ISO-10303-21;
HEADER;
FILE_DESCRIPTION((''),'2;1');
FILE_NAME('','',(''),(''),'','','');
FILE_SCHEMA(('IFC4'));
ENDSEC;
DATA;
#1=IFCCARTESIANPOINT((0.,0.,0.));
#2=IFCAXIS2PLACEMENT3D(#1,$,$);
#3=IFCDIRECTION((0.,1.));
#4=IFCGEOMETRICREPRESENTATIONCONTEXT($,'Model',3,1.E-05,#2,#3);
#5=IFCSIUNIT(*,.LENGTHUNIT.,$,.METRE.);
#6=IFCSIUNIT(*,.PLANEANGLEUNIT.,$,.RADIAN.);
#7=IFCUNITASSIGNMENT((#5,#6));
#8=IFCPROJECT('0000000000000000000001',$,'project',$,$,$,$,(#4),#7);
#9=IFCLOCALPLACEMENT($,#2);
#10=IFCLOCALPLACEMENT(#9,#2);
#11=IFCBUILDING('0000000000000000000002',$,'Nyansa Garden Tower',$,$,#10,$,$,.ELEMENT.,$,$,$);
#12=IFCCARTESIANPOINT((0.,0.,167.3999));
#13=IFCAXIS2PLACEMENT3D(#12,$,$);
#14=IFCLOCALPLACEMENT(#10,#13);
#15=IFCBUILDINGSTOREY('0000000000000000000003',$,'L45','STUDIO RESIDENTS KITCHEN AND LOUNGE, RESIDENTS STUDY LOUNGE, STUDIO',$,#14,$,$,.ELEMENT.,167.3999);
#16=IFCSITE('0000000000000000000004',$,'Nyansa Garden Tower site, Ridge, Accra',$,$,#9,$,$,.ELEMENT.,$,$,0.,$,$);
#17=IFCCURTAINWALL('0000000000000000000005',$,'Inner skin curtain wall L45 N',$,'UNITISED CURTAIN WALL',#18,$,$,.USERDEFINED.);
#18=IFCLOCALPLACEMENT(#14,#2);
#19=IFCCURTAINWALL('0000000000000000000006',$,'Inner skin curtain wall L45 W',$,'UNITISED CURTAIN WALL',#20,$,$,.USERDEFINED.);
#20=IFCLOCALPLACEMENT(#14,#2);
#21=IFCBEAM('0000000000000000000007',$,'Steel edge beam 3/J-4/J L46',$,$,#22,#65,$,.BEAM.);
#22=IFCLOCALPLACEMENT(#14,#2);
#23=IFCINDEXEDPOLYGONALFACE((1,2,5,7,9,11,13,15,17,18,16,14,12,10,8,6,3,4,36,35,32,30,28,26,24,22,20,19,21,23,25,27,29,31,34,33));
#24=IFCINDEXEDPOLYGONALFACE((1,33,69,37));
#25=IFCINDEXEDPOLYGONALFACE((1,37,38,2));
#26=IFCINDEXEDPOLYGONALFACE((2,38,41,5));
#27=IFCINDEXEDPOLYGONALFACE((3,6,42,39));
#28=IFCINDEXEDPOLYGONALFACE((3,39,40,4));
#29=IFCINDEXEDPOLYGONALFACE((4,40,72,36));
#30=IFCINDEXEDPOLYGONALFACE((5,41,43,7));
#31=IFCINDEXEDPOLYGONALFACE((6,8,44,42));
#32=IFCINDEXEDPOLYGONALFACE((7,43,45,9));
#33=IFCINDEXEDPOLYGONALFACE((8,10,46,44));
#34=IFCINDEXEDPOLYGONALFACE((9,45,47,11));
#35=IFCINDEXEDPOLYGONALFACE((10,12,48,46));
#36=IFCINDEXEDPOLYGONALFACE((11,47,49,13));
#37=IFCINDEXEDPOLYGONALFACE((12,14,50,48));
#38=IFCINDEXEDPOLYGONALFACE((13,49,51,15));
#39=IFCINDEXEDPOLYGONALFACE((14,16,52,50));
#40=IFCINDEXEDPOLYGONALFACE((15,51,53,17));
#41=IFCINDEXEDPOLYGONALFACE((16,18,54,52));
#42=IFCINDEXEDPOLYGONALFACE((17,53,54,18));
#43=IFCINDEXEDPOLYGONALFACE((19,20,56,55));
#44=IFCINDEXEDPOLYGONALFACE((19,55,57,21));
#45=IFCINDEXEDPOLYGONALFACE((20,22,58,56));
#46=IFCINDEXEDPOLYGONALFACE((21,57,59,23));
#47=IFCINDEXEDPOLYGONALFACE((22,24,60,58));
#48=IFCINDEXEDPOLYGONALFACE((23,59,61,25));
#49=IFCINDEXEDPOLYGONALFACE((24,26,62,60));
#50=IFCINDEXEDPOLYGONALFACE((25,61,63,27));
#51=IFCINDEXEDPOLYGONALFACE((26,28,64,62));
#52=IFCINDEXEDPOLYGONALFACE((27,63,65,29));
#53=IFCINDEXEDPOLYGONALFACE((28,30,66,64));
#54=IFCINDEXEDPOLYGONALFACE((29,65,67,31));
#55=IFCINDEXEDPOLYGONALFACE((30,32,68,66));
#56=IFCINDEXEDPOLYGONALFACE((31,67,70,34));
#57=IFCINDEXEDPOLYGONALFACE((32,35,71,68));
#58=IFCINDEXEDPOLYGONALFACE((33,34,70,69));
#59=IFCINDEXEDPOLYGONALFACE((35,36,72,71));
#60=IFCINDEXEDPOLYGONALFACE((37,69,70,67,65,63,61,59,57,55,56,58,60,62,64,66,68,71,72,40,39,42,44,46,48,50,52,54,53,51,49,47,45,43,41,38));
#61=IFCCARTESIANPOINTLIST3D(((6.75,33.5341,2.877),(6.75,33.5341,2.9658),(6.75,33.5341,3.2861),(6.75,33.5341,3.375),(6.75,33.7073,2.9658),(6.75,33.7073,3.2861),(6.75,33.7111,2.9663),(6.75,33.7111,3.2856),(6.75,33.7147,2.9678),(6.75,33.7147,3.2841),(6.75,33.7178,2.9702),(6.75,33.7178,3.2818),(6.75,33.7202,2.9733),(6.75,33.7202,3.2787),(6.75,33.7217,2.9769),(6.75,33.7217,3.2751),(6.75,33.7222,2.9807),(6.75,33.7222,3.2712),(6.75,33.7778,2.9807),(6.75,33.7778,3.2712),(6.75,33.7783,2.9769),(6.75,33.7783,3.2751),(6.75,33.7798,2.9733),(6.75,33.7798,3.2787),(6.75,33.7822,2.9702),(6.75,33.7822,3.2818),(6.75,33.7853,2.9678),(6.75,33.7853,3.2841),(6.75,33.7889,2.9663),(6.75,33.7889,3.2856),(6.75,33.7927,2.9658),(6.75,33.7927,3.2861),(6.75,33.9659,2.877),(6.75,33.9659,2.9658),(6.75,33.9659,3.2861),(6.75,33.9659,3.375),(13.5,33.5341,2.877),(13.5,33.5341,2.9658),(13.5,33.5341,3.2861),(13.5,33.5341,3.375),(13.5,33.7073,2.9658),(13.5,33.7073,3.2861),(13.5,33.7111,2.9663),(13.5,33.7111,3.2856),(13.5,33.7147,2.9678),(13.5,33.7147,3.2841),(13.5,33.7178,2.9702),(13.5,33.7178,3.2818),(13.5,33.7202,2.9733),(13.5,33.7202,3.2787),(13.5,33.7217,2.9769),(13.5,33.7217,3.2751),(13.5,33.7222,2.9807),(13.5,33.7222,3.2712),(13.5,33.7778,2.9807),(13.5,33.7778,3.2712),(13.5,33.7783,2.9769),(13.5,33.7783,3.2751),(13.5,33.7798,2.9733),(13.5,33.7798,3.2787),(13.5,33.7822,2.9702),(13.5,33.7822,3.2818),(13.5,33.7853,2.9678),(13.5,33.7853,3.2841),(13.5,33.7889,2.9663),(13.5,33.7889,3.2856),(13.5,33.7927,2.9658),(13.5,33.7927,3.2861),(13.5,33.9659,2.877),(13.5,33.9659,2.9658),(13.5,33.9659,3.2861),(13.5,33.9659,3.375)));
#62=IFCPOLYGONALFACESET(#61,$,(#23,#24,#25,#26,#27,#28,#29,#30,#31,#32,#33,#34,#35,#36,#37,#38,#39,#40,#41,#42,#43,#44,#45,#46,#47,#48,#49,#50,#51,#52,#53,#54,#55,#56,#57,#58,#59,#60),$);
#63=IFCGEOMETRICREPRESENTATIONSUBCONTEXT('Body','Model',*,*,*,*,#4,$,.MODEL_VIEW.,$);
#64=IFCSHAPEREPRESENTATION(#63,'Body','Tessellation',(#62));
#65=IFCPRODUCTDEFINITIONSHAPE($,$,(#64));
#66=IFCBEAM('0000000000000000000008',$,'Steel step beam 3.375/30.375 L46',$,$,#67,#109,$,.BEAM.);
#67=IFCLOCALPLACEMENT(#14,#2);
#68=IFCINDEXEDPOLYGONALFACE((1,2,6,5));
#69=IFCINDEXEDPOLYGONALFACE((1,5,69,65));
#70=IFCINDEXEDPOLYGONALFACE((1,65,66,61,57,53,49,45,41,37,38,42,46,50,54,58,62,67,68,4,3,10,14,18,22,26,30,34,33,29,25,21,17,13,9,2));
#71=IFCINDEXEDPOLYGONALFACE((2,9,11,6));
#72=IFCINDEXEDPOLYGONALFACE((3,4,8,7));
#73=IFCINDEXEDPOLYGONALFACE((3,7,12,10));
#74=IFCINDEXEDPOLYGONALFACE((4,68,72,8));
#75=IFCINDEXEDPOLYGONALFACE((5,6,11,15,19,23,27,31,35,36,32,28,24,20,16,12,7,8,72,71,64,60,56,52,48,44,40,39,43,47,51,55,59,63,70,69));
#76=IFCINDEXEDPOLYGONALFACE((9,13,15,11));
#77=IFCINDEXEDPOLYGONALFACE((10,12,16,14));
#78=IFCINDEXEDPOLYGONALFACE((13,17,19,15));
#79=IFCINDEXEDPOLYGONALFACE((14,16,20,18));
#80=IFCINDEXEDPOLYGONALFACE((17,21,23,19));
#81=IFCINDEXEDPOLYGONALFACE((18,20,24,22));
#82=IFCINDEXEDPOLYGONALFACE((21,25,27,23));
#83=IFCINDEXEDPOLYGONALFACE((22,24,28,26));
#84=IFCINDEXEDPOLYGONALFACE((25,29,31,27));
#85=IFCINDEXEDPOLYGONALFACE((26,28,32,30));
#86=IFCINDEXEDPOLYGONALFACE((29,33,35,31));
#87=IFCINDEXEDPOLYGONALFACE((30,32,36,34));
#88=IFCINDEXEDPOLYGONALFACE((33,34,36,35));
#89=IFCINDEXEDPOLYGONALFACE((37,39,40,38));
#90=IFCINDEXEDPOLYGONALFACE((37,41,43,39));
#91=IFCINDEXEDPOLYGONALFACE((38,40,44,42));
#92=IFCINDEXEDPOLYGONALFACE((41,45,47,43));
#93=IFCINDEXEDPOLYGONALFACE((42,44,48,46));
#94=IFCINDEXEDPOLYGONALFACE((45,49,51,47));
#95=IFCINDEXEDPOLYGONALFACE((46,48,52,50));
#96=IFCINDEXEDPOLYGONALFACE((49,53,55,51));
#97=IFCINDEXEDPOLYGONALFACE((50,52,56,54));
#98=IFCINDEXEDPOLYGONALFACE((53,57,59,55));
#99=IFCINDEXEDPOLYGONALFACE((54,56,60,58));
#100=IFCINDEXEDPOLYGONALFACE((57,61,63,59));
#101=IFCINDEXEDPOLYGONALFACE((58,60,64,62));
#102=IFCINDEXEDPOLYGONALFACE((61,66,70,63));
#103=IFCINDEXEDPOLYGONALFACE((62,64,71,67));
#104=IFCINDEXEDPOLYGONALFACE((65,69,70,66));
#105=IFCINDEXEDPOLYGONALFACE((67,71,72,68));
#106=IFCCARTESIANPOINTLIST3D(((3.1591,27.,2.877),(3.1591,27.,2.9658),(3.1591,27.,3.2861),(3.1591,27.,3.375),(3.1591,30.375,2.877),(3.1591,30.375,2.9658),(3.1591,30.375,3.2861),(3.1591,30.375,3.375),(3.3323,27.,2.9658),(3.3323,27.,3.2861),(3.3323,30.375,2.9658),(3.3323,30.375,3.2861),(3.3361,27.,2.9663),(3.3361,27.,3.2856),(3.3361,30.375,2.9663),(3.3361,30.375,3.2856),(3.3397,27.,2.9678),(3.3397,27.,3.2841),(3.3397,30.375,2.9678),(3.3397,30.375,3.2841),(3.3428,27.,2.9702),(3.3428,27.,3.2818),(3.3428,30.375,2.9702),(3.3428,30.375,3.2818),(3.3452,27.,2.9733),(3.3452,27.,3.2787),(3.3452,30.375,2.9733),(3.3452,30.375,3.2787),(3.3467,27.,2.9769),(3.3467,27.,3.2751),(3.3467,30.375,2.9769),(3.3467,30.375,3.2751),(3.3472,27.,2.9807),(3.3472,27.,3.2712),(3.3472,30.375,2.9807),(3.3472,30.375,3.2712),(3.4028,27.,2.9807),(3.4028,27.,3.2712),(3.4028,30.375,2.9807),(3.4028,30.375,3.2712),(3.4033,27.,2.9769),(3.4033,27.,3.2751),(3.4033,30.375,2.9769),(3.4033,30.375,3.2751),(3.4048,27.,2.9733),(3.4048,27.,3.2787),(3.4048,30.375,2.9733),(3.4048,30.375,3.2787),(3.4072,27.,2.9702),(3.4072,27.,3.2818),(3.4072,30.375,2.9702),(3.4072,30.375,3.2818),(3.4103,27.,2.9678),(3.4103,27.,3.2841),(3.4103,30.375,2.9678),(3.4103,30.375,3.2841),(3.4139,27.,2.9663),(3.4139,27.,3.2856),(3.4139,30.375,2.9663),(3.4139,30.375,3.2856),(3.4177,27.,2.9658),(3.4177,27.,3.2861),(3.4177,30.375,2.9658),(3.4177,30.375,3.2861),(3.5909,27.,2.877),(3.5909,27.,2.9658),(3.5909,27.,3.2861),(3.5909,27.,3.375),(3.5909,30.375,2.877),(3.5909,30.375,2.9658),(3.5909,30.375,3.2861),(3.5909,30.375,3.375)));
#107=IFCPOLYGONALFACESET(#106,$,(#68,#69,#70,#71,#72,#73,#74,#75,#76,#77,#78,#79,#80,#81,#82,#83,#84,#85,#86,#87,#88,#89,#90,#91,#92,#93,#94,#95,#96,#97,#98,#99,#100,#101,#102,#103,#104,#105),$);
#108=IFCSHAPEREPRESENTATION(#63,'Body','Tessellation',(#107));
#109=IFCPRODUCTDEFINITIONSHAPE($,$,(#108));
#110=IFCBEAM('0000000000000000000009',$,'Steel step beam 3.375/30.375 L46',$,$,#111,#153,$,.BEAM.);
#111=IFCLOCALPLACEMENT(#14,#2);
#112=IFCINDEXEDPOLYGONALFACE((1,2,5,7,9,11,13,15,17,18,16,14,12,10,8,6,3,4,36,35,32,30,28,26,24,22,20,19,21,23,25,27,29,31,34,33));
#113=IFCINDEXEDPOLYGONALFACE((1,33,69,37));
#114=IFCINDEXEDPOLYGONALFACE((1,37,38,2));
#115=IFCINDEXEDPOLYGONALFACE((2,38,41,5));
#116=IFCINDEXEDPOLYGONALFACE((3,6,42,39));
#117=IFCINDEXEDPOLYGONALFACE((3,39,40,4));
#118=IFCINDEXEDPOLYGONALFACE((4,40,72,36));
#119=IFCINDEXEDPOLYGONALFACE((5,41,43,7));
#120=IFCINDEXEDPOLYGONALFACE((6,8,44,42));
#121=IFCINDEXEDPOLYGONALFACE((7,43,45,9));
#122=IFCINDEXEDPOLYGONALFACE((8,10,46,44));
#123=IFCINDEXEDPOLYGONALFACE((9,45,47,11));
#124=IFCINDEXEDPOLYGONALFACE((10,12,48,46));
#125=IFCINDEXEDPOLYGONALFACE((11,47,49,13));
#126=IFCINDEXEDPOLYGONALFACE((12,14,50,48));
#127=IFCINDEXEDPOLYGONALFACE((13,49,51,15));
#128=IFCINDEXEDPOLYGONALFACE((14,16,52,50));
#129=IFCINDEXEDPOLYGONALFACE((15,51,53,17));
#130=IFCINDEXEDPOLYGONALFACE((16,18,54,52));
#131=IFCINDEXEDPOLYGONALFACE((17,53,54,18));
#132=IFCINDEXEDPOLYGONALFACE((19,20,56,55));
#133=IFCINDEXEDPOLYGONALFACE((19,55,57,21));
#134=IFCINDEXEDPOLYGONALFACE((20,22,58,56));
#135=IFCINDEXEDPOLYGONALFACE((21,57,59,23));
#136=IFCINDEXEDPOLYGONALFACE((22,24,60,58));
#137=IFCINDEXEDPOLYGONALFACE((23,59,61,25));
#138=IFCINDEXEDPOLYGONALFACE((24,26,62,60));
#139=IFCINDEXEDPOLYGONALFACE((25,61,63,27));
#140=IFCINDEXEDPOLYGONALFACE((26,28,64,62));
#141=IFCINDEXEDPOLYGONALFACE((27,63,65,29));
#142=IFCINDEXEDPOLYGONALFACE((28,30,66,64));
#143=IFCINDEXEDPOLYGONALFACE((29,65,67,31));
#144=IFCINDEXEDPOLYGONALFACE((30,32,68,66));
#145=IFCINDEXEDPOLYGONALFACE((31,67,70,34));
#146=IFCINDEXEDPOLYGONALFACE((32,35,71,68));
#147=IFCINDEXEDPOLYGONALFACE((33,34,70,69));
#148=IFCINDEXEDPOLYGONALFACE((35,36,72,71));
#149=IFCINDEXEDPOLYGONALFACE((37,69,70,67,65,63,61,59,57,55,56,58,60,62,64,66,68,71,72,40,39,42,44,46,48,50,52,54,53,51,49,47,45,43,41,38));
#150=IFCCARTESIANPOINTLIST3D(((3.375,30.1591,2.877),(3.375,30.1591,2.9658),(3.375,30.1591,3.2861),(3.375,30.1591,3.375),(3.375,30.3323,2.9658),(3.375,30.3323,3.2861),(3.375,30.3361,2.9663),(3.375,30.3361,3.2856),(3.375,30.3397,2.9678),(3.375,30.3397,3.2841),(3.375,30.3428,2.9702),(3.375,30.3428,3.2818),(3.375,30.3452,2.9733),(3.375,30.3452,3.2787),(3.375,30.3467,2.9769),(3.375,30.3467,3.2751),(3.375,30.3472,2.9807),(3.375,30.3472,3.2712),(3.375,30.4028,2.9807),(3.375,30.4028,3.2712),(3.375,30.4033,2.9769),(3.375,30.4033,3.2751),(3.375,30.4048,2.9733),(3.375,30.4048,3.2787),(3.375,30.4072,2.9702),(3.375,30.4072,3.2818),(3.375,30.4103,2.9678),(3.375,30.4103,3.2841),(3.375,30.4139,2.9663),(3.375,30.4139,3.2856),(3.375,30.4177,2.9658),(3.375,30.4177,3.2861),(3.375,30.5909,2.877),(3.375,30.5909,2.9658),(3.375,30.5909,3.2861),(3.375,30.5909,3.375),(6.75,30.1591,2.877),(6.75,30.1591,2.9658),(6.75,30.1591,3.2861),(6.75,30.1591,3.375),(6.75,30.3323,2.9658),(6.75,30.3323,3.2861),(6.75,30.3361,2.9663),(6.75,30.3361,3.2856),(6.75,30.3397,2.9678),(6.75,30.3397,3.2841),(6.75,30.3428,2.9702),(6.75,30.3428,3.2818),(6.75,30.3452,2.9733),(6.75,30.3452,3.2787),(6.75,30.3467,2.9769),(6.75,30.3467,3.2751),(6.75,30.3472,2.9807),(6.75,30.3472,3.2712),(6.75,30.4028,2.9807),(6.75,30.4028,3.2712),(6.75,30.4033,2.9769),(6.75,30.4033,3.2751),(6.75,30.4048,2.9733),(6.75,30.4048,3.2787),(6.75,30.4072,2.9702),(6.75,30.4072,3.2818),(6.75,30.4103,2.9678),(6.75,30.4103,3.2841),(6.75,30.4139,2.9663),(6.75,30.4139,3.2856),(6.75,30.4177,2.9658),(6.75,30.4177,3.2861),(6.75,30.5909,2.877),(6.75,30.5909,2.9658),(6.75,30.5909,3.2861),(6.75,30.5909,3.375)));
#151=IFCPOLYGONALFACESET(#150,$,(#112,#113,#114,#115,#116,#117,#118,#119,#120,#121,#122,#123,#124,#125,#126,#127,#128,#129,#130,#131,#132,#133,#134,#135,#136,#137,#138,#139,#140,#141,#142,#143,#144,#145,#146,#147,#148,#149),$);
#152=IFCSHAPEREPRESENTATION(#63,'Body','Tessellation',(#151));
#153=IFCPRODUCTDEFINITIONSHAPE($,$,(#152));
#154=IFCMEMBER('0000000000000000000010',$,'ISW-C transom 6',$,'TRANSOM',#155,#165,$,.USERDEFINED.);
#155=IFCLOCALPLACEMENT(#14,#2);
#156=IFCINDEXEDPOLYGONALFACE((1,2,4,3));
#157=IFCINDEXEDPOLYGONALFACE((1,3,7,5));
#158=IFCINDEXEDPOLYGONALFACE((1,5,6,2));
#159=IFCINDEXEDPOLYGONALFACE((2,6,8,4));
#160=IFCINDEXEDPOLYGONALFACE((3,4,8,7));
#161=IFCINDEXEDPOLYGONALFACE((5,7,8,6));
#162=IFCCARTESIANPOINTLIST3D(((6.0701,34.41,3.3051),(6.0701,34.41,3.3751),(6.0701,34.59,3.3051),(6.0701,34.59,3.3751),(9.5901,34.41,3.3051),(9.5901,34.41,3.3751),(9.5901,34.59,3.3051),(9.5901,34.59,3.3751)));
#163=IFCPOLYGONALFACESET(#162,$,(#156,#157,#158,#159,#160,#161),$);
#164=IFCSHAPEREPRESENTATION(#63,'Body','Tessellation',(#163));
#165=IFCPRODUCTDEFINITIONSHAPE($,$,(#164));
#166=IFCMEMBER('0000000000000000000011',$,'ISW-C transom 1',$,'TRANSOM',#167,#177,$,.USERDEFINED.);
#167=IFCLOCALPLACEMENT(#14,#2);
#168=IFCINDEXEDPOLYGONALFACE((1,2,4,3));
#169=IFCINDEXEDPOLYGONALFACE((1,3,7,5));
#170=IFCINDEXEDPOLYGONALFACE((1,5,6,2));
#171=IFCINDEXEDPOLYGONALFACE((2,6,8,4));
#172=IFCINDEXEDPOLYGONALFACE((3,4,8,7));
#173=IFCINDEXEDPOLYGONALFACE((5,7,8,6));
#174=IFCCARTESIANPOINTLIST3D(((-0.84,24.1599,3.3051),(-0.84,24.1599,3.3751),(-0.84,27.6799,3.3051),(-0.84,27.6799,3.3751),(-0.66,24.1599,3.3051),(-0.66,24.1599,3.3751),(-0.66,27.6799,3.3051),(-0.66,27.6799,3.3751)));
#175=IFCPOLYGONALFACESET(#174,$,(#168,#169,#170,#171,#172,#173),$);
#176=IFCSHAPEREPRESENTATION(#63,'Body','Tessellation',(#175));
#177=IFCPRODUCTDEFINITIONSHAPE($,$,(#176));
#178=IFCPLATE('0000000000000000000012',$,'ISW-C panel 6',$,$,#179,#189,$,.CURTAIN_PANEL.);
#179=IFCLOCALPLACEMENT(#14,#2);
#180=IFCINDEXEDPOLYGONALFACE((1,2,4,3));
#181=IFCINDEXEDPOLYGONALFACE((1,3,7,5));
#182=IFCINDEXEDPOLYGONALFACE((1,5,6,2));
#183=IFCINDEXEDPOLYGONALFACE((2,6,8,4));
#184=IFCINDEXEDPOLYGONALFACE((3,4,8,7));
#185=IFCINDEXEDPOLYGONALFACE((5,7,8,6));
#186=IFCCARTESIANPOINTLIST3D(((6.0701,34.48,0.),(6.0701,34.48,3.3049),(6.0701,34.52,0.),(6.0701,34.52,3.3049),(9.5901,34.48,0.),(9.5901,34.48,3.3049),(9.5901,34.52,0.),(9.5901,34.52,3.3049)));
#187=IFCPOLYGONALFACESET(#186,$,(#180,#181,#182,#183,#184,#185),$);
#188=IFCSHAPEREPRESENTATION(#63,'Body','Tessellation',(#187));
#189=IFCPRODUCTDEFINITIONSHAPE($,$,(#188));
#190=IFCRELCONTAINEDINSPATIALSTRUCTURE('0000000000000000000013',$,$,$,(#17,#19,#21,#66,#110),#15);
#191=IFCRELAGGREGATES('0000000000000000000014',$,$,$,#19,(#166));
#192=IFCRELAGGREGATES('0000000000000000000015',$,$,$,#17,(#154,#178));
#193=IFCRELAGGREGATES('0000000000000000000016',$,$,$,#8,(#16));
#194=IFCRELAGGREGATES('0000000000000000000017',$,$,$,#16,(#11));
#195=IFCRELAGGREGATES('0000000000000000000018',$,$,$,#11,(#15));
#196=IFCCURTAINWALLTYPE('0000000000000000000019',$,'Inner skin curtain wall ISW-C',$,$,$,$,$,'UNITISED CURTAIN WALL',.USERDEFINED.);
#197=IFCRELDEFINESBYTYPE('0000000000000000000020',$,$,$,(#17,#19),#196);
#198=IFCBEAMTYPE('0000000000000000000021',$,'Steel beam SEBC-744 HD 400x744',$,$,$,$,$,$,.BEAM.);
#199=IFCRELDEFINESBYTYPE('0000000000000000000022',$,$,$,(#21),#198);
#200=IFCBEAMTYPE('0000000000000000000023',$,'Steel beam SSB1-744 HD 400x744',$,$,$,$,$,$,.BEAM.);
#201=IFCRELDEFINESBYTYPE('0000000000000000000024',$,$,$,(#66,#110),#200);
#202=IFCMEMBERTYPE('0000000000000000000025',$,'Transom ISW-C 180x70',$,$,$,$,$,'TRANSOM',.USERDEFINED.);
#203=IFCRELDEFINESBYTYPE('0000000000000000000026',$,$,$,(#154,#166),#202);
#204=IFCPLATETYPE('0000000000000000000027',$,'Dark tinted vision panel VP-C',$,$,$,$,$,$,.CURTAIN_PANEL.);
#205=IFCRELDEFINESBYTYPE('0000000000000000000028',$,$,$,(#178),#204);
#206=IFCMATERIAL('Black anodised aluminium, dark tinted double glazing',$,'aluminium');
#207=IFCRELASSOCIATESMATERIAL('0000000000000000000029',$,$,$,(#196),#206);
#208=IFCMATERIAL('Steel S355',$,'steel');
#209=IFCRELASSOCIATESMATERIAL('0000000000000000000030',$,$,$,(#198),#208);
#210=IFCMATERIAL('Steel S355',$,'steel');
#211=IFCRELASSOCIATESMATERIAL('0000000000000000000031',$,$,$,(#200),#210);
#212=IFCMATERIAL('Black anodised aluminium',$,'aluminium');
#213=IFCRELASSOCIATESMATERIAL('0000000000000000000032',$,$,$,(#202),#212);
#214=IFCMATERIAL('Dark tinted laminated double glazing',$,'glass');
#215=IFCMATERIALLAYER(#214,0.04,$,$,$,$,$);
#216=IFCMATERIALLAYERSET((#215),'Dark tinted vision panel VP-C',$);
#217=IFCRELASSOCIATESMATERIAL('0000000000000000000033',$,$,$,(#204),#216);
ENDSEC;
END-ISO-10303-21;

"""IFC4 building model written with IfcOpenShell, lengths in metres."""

from ifc_helpers import new_model, si_unit, direction, frame, origin, origin_2d, place, context, subcontext, project, spatial, rectangle, i_section, extrude, material, layer, layer_set, material_profile, profile_set, type_object, element, aggregate, save


model = new_model("IFC4")

# Units and contexts
model_context = context("Model", 3, precision=1e-05, world=origin(), true_north=direction((0.0, 1.0)))
body_context = subcontext(model_context, "Body", "Model", "MODEL_VIEW")
ifc_project = project(units=[si_unit("LENGTHUNIT", "METRE"), si_unit("PLANEANGLEUNIT", "RADIAN")], contexts=[model_context])

# Site, building, storey
site_placement = place(None, origin())
site = spatial("IfcSite", under=ifc_project, at=site_placement, Name="Nyansa Garden Tower site, Ridge, Accra", CompositionType="ELEMENT", RefElevation=0.0)
building_placement = place(site_placement, origin())
building = spatial("IfcBuilding", under=site, at=building_placement, Name="Nyansa Garden Tower", CompositionType="ELEMENT")
storey_placement = place(building_placement, frame((0.0, 0.0, 167.3999)))
storey = spatial("IfcBuildingStorey", under=building, at=storey_placement, Name="L45", Description="STUDIO RESIDENTS KITCHEN AND LOUNGE, RESIDENTS STUDY LOUNGE, STUDIO", CompositionType="ELEMENT", Elevation=167.3999)

# Curtain wall
ifc_material_1 = material(Name="Black anodised aluminium, dark tinted double glazing", Category="aluminium")
curtain_wall_type = type_object("IfcCurtainWallType", Name="Inner skin curtain wall ISW-C", ElementType="UNITISED CURTAIN WALL", PredefinedType="USERDEFINED", material=ifc_material_1)
curtain_wall_1_placement = place(storey_placement, origin())
curtain_wall_1 = element("IfcCurtainWall", 1, at=curtain_wall_1_placement, inside=storey, type_object=curtain_wall_type, Name="Inner skin curtain wall L45 N", ObjectType="UNITISED CURTAIN WALL", PredefinedType="USERDEFINED")

# Curtain wall
curtain_wall_2_placement = place(storey_placement, origin())
curtain_wall_2 = element("IfcCurtainWall", 2, at=curtain_wall_2_placement, inside=storey, type_object=curtain_wall_type, Name="Inner skin curtain wall L45 W", ObjectType="UNITISED CURTAIN WALL", PredefinedType="USERDEFINED")

# Beams
ifc_material_2 = material(Name="Steel S355", Category="steel")
ifc_material_profile_1 = material_profile(ifc_material_2, i_section(OverallWidth=0.4319, OverallDepth=0.498, WebThickness=0.0557, FlangeThickness=0.0889, FilletRadius=0.0149, at=origin_2d()), Name="HD 400x744")
ifc_profile_set_1 = profile_set([ifc_material_profile_1], Name="Steel S355")
beam_type_1 = type_object("IfcBeamType", Name="Steel beam SEBC-744 HD 400x744", PredefinedType="BEAM", material=ifc_profile_set_1)
beam_1_placement = place(storey_placement, frame((6.75, 33.75, 3.126), z_axis=(1.0, 0.0, 0.0), x_axis=(0.0, 1.0, 0.0)))
element("IfcBeam", 3, at=beam_1_placement, inside=storey, type_object=beam_type_1, Name="Steel edge beam 3/J-4/J L46", PredefinedType="BEAM", context=body_context, shape_type="SweptSolid", body=[
    extrude(i_section(OverallWidth=0.4319, OverallDepth=0.498, WebThickness=0.0557, FlangeThickness=0.0889, FilletRadius=0.0149, at=origin_2d()), origin(), (0.0, 0.0, 1.0), 6.75),
])
ifc_material_3 = material(Name="Steel S355", Category="steel")
ifc_material_profile_2 = material_profile(ifc_material_3, i_section(OverallWidth=0.4319, OverallDepth=0.498, WebThickness=0.0557, FlangeThickness=0.0889, FilletRadius=0.0149, at=origin_2d()), Name="HD 400x744")
ifc_profile_set_2 = profile_set([ifc_material_profile_2], Name="Steel S355")
beam_type_2 = type_object("IfcBeamType", Name="Steel beam SSB1-744 HD 400x744", PredefinedType="BEAM", material=ifc_profile_set_2)
for number, where, z_axis, x_axis, name in (
    (4, (3.375, 30.375, 3.126), (0.0, -1.0, 0.0), (1.0, 0.0, 0.0), "Steel step beam 3.375/30.375 L46"),
    (5, (3.375, 30.375, 3.126), (1.0, 0.0, 0.0), (0.0, 1.0, 0.0), "Steel step beam 3.375/30.375 L46"),
):
    element("IfcBeam", number, at=place(storey_placement, frame(where, z_axis=z_axis, x_axis=x_axis)), inside=storey, type_object=beam_type_2, Name=name, PredefinedType="BEAM", context=body_context, shape_type="SweptSolid", body=[
        extrude(i_section(OverallWidth=0.4319, OverallDepth=0.498, WebThickness=0.0557, FlangeThickness=0.0889, FilletRadius=0.0149, at=origin_2d()), origin(), (0.0, 0.0, 1.0), 3.375),
    ])

# Members
ifc_material_4 = material(Name="Black anodised aluminium", Category="aluminium")
ifc_material_profile_3 = material_profile(ifc_material_4, rectangle(XDim=0.1799, YDim=0.0701, at=origin_2d()), Name="Transom 180x70")
ifc_profile_set_3 = profile_set([ifc_material_profile_3], Name="Black anodised aluminium")
member_type_1 = type_object("IfcMemberType", Name="Transom ISW-C 180x70", ElementType="TRANSOM", PredefinedType="USERDEFINED", material=ifc_profile_set_3)
member_1_placement = place(storey_placement, frame((9.5901, 34.5, 3.3401), z_axis=(-1.0, 0.0, 0.0), x_axis=(0.0, -1.0, 0.0)))
member_1 = element("IfcMember", 6, at=member_1_placement, type_object=member_type_1, Name="ISW-C transom 6", ObjectType="TRANSOM", PredefinedType="USERDEFINED", context=body_context, shape_type="SweptSolid", body=[
    extrude(rectangle(XDim=0.1799, YDim=0.0701, at=origin_2d()), origin(), (0.0, 0.0, 1.0), 3.52),
])
member_2_placement = place(storey_placement, frame((-0.75, 27.6799, 3.3401), z_axis=(0.0, -1.0, 0.0), x_axis=(1.0, 0.0, 0.0)))
member_2 = element("IfcMember", 7, at=member_2_placement, type_object=member_type_1, Name="ISW-C transom 1", ObjectType="TRANSOM", PredefinedType="USERDEFINED", context=body_context, shape_type="SweptSolid", body=[
    extrude(rectangle(XDim=0.1799, YDim=0.0701, at=origin_2d()), origin(), (0.0, 0.0, 1.0), 3.52),
])
aggregate(curtain_wall_2, [member_2])

# Plate
ifc_material_5 = material(Name="Dark tinted laminated double glazing", Category="glass")
ifc_layer_1 = layer(ifc_material_5, 0.04)
ifc_layer_set_1 = layer_set([ifc_layer_1], Name="Dark tinted vision panel VP-C")
plate_type = type_object("IfcPlateType", Name="Dark tinted vision panel VP-C", PredefinedType="CURTAIN_PANEL", material=ifc_layer_set_1)
plate_placement = place(storey_placement, frame((7.8301, 34.5, 0.0), z_axis=(0.0, 0.0, 1.0), x_axis=(-1.0, 0.0, 0.0)))
plate = element("IfcPlate", 8, at=plate_placement, type_object=plate_type, Name="ISW-C panel 6", PredefinedType="CURTAIN_PANEL", context=body_context, shape_type="SweptSolid", body=[
    extrude(rectangle(XDim=3.52, YDim=0.04, at=origin_2d()), origin(), (0.0, 0.0, 1.0), 3.3049),
])
aggregate(curtain_wall_1, [member_1, plate])

save(model, "model.ifc")
